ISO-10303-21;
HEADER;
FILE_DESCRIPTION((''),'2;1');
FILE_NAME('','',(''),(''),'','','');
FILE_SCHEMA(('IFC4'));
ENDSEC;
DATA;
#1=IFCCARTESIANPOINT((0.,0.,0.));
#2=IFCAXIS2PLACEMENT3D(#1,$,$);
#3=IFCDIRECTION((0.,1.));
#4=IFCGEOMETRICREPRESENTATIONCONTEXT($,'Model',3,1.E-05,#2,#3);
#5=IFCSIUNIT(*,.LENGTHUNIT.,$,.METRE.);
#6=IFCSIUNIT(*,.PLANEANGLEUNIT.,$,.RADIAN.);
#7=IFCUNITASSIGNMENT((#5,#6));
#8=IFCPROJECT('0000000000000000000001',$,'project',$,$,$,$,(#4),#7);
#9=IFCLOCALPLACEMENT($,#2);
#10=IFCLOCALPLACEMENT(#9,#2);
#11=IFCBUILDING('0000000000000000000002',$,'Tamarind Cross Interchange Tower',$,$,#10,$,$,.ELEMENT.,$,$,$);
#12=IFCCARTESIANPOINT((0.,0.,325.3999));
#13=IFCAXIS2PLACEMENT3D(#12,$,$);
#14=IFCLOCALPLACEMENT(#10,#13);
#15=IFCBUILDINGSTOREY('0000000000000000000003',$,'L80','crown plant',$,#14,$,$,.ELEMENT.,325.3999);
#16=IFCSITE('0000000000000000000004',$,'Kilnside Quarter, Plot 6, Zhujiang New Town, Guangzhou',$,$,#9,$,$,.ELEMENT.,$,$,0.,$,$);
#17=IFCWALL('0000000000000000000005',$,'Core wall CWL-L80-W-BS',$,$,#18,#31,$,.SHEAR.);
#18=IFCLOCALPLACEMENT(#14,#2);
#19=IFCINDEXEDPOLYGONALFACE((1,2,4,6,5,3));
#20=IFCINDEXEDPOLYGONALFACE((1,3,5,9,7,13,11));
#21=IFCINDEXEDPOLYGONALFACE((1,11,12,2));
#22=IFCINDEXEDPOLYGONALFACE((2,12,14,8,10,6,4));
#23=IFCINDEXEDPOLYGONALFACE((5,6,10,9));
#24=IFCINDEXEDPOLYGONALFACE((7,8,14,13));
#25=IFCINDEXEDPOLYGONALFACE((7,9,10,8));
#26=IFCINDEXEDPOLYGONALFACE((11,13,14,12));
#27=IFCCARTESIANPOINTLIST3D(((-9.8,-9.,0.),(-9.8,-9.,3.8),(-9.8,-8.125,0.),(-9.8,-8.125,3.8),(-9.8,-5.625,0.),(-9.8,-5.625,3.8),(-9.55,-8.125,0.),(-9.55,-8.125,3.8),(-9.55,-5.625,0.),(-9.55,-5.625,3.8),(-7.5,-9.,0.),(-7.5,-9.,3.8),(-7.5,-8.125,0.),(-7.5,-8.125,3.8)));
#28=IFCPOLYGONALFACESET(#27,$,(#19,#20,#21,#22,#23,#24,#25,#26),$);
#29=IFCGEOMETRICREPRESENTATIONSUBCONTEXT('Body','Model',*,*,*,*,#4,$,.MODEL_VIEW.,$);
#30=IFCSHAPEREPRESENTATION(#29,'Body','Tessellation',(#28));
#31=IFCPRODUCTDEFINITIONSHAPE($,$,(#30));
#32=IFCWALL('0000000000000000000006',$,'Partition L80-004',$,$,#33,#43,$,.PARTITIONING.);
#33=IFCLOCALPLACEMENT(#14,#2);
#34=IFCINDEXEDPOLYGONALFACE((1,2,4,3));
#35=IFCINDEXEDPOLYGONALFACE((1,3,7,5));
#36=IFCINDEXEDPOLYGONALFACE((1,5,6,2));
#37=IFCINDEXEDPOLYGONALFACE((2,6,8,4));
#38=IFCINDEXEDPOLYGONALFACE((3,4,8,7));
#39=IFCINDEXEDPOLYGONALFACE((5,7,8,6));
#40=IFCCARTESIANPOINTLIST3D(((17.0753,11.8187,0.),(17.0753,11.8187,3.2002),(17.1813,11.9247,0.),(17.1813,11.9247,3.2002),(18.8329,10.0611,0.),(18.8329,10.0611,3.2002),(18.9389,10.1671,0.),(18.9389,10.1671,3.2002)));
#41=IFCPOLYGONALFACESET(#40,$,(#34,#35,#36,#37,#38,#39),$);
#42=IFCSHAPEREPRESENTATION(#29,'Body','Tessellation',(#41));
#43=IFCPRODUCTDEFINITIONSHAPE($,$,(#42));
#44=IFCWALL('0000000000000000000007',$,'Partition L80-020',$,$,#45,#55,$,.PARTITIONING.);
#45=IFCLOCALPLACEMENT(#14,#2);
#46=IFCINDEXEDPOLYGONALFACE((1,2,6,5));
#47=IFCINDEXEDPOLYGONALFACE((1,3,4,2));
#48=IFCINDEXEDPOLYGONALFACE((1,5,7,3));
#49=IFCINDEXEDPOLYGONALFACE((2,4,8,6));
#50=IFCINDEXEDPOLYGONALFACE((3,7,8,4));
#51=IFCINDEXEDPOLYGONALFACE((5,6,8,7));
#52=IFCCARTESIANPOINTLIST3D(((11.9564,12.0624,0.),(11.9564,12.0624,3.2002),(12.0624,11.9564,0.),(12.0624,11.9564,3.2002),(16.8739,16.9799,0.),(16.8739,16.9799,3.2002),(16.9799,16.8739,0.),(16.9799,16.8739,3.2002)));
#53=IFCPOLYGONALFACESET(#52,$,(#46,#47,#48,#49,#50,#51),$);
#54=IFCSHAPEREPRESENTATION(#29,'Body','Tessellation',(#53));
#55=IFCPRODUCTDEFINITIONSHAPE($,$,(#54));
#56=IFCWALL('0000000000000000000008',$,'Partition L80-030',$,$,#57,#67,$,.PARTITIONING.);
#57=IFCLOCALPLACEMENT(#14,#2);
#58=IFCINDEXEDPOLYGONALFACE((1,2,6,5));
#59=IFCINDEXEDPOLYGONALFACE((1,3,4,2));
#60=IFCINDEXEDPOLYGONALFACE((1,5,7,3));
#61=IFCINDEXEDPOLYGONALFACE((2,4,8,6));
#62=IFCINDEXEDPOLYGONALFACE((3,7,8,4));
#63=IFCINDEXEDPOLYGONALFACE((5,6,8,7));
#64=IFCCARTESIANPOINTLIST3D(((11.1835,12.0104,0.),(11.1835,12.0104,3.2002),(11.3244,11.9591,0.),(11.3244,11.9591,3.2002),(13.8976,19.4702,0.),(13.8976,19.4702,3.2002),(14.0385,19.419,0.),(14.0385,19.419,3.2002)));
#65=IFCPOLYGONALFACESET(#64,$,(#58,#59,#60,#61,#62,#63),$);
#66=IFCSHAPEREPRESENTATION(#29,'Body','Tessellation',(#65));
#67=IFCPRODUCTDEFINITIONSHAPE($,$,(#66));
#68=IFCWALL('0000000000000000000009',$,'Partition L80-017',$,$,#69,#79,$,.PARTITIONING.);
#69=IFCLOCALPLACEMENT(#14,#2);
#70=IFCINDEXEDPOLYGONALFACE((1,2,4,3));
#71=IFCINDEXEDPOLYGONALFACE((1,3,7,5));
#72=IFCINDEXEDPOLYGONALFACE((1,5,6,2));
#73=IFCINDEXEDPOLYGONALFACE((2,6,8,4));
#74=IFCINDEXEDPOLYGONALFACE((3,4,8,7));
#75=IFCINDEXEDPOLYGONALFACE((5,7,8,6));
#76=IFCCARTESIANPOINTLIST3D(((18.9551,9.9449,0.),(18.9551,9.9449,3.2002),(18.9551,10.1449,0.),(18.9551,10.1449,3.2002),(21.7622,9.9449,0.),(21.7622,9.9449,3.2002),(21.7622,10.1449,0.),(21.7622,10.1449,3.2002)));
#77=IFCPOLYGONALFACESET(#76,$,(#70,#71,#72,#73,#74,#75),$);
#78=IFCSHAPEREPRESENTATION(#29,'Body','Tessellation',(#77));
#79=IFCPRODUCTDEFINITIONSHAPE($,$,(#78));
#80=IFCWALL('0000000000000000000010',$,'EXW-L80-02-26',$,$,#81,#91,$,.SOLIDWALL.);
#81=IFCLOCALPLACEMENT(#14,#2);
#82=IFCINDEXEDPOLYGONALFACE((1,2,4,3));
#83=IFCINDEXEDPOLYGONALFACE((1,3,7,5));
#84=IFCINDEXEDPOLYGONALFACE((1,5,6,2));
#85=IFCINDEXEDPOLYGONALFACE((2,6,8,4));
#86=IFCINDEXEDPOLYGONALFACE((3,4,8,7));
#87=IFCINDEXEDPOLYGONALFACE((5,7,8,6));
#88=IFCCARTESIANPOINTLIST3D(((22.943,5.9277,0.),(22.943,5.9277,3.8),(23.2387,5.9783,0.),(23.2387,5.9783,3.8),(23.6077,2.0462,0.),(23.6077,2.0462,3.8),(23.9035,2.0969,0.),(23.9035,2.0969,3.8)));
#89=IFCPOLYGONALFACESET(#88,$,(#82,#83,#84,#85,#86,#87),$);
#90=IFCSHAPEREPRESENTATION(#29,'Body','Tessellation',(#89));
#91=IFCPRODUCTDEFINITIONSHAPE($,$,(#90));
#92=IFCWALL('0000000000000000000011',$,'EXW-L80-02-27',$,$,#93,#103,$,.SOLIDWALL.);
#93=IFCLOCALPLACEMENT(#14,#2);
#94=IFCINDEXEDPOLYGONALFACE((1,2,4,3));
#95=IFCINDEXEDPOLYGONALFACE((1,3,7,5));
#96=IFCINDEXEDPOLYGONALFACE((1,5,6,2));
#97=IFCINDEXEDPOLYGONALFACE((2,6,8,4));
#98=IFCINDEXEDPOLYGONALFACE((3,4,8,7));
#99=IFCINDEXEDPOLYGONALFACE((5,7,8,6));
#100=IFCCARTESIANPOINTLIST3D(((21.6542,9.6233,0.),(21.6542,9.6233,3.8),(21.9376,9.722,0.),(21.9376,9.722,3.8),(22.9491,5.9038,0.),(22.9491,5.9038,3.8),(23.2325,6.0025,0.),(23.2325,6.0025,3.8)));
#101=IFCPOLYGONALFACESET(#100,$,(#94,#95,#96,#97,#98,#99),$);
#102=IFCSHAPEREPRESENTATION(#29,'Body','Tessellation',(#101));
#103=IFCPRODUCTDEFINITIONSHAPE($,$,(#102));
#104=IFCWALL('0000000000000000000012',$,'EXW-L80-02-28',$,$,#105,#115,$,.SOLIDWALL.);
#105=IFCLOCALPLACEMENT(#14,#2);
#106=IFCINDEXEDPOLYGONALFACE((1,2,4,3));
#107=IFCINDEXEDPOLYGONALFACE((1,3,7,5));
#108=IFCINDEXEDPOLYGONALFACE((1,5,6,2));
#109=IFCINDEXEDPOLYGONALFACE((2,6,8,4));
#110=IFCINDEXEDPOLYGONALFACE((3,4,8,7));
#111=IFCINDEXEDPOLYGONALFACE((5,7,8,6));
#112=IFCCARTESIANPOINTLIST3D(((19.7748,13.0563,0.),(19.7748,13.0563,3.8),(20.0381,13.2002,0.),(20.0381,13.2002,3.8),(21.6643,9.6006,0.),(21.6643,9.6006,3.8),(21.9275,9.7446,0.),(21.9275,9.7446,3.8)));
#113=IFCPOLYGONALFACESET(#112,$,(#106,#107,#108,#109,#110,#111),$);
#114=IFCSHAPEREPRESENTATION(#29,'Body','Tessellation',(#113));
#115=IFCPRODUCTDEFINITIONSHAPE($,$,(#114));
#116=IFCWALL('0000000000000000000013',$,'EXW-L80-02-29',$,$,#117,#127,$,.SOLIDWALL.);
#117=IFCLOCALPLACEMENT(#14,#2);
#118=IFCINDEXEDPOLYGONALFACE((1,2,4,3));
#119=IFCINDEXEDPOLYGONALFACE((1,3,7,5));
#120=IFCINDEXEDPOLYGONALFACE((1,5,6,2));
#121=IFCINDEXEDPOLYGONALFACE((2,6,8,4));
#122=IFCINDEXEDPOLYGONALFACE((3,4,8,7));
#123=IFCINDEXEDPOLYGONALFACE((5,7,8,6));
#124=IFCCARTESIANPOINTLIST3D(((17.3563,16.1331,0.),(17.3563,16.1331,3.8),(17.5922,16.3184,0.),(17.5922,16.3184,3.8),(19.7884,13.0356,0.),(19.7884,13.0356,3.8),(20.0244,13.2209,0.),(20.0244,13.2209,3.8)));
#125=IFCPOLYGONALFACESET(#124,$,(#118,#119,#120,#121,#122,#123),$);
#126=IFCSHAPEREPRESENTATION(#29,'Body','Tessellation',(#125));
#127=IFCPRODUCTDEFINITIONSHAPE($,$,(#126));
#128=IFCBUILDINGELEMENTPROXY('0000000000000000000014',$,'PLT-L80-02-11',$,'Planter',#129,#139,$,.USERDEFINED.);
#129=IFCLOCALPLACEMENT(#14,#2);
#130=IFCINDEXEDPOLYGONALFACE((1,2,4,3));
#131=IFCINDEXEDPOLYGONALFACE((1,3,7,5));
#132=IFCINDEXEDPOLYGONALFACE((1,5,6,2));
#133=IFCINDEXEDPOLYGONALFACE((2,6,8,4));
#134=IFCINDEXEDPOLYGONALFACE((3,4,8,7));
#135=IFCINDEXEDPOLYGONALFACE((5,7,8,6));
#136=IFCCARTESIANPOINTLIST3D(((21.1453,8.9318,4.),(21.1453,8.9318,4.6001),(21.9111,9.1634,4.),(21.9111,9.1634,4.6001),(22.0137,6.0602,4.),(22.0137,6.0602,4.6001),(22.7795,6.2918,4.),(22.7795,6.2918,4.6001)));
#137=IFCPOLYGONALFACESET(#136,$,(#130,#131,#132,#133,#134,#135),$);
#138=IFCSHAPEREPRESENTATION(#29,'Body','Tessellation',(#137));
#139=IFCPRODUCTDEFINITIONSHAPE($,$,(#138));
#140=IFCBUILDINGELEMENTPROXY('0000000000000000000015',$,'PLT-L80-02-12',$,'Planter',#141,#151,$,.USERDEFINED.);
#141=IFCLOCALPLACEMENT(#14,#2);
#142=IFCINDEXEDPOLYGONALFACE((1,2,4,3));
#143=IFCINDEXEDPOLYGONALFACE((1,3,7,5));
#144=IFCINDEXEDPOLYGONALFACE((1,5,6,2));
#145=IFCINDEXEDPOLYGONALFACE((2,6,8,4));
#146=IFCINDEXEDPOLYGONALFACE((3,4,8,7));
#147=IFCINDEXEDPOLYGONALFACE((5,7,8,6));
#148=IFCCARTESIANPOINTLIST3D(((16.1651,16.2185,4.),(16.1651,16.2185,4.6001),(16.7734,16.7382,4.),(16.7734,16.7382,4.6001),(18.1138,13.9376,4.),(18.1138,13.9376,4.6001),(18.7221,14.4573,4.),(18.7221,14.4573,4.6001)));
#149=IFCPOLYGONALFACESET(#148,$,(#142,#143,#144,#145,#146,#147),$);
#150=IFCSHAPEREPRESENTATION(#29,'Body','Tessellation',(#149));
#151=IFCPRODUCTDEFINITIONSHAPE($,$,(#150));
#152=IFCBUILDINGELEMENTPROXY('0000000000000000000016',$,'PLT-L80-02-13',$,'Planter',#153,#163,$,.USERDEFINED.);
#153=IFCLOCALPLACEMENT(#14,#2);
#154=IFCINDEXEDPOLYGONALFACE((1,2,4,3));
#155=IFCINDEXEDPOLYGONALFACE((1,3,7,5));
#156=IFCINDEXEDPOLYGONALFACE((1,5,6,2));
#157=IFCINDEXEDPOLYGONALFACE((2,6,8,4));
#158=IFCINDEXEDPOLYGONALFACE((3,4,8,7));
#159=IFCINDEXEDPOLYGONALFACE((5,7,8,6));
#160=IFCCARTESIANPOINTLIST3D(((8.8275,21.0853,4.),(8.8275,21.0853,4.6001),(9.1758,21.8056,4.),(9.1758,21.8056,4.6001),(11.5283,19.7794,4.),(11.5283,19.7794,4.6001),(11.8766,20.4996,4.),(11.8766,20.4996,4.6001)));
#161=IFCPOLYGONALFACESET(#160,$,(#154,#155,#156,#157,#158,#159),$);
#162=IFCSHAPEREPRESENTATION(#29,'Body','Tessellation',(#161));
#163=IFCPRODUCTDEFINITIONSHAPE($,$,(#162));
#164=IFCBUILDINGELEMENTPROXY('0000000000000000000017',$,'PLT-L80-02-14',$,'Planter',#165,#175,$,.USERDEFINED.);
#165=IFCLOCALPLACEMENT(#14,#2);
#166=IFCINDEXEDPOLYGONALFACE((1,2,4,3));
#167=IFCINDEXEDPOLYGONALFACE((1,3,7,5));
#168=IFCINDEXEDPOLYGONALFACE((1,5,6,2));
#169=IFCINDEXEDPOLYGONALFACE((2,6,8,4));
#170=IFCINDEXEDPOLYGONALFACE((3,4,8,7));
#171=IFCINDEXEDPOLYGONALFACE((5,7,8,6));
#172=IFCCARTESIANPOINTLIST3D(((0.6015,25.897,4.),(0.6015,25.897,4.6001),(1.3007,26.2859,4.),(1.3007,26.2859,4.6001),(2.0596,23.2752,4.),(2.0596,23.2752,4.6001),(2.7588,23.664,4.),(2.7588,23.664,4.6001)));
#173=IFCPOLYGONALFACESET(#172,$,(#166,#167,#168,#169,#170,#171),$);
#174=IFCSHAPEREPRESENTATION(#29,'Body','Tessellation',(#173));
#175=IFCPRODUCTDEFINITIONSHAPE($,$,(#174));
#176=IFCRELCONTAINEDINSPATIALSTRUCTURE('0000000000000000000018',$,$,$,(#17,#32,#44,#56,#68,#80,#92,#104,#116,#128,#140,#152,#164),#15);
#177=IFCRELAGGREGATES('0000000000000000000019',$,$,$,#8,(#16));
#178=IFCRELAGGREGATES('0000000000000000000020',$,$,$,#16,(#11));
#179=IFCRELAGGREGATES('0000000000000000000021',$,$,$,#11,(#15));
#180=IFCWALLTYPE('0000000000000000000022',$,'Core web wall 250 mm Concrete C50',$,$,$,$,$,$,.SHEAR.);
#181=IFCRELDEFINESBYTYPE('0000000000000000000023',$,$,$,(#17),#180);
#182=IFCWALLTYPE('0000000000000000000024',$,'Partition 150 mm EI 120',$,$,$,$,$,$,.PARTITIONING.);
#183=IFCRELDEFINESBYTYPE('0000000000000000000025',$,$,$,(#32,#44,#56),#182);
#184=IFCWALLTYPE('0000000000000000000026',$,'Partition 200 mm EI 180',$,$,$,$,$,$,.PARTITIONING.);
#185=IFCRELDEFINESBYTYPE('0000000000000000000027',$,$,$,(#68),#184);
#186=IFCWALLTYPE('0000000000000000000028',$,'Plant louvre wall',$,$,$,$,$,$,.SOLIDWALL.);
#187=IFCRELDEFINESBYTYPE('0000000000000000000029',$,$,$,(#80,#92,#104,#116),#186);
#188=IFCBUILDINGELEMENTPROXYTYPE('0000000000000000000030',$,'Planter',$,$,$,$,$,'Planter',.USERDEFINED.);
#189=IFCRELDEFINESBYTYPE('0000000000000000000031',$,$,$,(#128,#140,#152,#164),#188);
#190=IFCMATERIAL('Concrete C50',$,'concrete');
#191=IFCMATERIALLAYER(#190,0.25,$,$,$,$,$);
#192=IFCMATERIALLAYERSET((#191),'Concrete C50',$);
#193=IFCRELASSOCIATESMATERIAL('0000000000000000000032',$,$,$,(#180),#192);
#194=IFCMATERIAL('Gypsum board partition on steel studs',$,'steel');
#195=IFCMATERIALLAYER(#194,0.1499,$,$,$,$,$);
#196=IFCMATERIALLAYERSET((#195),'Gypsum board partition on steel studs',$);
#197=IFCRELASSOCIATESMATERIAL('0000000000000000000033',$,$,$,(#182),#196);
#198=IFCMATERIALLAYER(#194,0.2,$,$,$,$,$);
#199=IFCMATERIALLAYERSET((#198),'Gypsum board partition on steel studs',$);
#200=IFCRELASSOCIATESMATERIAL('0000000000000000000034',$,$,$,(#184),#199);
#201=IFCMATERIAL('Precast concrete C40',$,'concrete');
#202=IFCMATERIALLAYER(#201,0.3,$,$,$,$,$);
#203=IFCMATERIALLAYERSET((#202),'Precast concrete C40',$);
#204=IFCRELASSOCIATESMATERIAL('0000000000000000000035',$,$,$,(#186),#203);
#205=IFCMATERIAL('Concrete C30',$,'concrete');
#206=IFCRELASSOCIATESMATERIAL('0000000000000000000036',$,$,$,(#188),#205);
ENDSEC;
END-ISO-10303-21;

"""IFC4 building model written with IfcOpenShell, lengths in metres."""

from ifc_helpers import new_model, si_unit, direction, frame, frame_2d, origin, origin_2d, place, context, subcontext, project, spatial, polyline, rectangle, outline, extrude, material, layer, layer_set, type_object, element, save


model = new_model("IFC4")

# Units and contexts
model_context = context("Model", 3, precision=1e-05, world=origin(), true_north=direction((0.0, 1.0)))
body_context = subcontext(model_context, "Body", "Model", "MODEL_VIEW")
ifc_project = project(units=[si_unit("LENGTHUNIT", "METRE"), si_unit("PLANEANGLEUNIT", "RADIAN")], contexts=[model_context])

# Site, building, storey
site_placement = place(None, origin())
site = spatial("IfcSite", under=ifc_project, at=site_placement, Name="Kilnside Quarter, Plot 6, Zhujiang New Town, Guangzhou", CompositionType="ELEMENT", RefElevation=0.0)
building_placement = place(site_placement, origin())
building = spatial("IfcBuilding", under=site, at=building_placement, Name="Tamarind Cross Interchange Tower", CompositionType="ELEMENT")
storey_placement = place(building_placement, frame((0.0, 0.0, 325.3999)))
storey = spatial("IfcBuildingStorey", under=building, at=storey_placement, Name="L80", Description="crown plant", CompositionType="ELEMENT", Elevation=325.3999)

# Walls
ifc_material_1 = material(Name="Concrete C50", Category="concrete")
ifc_layer_1 = layer(ifc_material_1, 0.25)
ifc_layer_set_1 = layer_set([ifc_layer_1], Name="Concrete C50")
wall_type_1 = type_object("IfcWallType", Name="Core web wall 250 mm Concrete C50", PredefinedType="SHEAR", material=ifc_layer_set_1)
wall_1_placement = place(storey_placement, origin())
element("IfcWall", 1, at=wall_1_placement, inside=storey, type_object=wall_type_1, Name="Core wall CWL-L80-W-BS", PredefinedType="SHEAR", context=body_context, shape_type="SweptSolid", body=[
    extrude(outline(polyline([(-7.5, -8.125), (-9.55, -8.125), (-9.55, -5.625), (-9.8, -5.625), (-9.8, -8.125), (-9.8, -9.0), (-7.5, -9.0), (-7.5, -8.125)])), origin(), (0.0, 0.0, 1.0), 3.8),
])
ifc_material_2 = material(Name="Gypsum board partition on steel studs", Category="steel")
ifc_layer_2 = layer(ifc_material_2, 0.1499)
ifc_layer_set_2 = layer_set([ifc_layer_2], Name="Gypsum board partition on steel studs")
wall_type_2 = type_object("IfcWallType", Name="Partition 150 mm EI 120", PredefinedType="PARTITIONING", material=ifc_layer_set_2)
wall_2_placement = place(storey_placement, frame((17.1284, 11.8716, 0.0), z_axis=(0.0, 0.0, 1.0), x_axis=(0.707107, -0.707107, 0.0)))
element("IfcWall", 2, at=wall_2_placement, inside=storey, type_object=wall_type_2, Name="Partition L80-004", PredefinedType="PARTITIONING", context=body_context, shape_type="SweptSolid", body=[
    extrude(rectangle(XDim=2.4856, YDim=0.1499, at=frame_2d((1.2427, 0.0))), origin(), (0.0, 0.0, 1.0), 3.2002),
])
wall_3_placement = place(storey_placement, frame((12.0095, 12.0095, 0.0), z_axis=(0.0, 0.0, 1.0), x_axis=(0.707107, 0.707107, 0.0)))
element("IfcWall", 3, at=wall_3_placement, inside=storey, type_object=wall_type_2, Name="Partition L80-020", PredefinedType="PARTITIONING", context=body_context, shape_type="SweptSolid", body=[
    extrude(rectangle(XDim=6.9543, YDim=0.1499, at=frame_2d((3.4771, 0.0))), origin(), (0.0, 0.0, 1.0), 3.2002),
])
wall_4_placement = place(storey_placement, frame((11.2539, 11.9846, 0.0), z_axis=(0.0, 0.0, 1.0), x_axis=(0.341899, 0.939737, 0.0)))
element("IfcWall", 4, at=wall_4_placement, inside=storey, type_object=wall_type_2, Name="Partition L80-030", PredefinedType="PARTITIONING", context=body_context, shape_type="SweptSolid", body=[
    extrude(rectangle(XDim=7.9382, YDim=0.1499, at=frame_2d((3.9692, 0.0))), origin(), (0.0, 0.0, 1.0), 3.2002),
])
ifc_layer_3 = layer(ifc_material_2, 0.2)
ifc_layer_set_3 = layer_set([ifc_layer_3], Name="Gypsum board partition on steel studs")
wall_type_3 = type_object("IfcWallType", Name="Partition 200 mm EI 180", PredefinedType="PARTITIONING", material=ifc_layer_set_3)
wall_5_placement = place(storey_placement, frame((18.9551, 10.0449, 0.0), z_axis=(0.0, 0.0, 1.0), x_axis=(1.0, 0.0, 0.0)))
element("IfcWall", 5, at=wall_5_placement, inside=storey, type_object=wall_type_3, Name="Partition L80-017", PredefinedType="PARTITIONING", context=body_context, shape_type="SweptSolid", body=[
    extrude(rectangle(XDim=2.8071, YDim=0.2, at=frame_2d((1.4036, 0.0))), origin(), (0.0, 0.0, 1.0), 3.2002),
])
ifc_material_3 = material(Name="Precast concrete C40", Category="concrete")
ifc_layer_4 = layer(ifc_material_3, 0.3)
ifc_layer_set_4 = layer_set([ifc_layer_4], Name="Precast concrete C40")
wall_type_4 = type_object("IfcWallType", Name="Plant louvre wall", PredefinedType="SOLIDWALL", material=ifc_layer_set_4)
wall_6_placement = place(storey_placement, frame((23.7556, 2.0715, 0.0), z_axis=(0.0, 0.0, 1.0), x_axis=(-0.168811, 0.985648, 0.0)))
element("IfcWall", 6, at=wall_6_placement, inside=storey, type_object=wall_type_4, Name="EXW-L80-02-26", PredefinedType="SOLIDWALL", context=body_context, shape_type="SweptSolid", body=[
    extrude(rectangle(XDim=3.938, YDim=0.3, at=frame_2d((1.969, 0.0))), origin(), (0.0, 0.0, 1.0), 3.8),
])
for number, where, z_axis, x_axis, name in (
    (7, (23.0908, 5.9531, 0.0), (0.0, 0.0, 1.0), (-0.32879, 0.944403, 0.0), "EXW-L80-02-27"),
    (8, (21.7959, 9.6726, 0.0), (0.0, 0.0, 1.0), (-0.479742, 0.877409, 0.0), "EXW-L80-02-28"),
):
    element("IfcWall", number, at=place(storey_placement, frame(where, z_axis=z_axis, x_axis=x_axis)), inside=storey, type_object=wall_type_4, Name=name, PredefinedType="SOLIDWALL", context=body_context, shape_type="SweptSolid", body=[
        extrude(rectangle(XDim=3.9385, YDim=0.3, at=frame_2d((1.9692, 0.0))), origin(), (0.0, 0.0, 1.0), 3.8),
    ])
wall_7_placement = place(storey_placement, frame((19.9065, 13.1282, 0.0), z_axis=(0.0, 0.0, 1.0), x_axis=(-0.617578, 0.78651, 0.0)))
element("IfcWall", 9, at=wall_7_placement, inside=storey, type_object=wall_type_4, Name="EXW-L80-02-29", PredefinedType="SOLIDWALL", context=body_context, shape_type="SweptSolid", body=[
    extrude(rectangle(XDim=3.9382, YDim=0.3, at=frame_2d((1.9692, 0.0))), origin(), (0.0, 0.0, 1.0), 3.8),
])

# Building element proxies
ifc_material_4 = material(Name="Concrete C30", Category="concrete")
building_element_proxy_type = type_object("IfcBuildingElementProxyType", Name="Planter", ElementType="Planter", PredefinedType="USERDEFINED", material=ifc_material_4)
proxy_1_placement = place(storey_placement, origin())
element("IfcBuildingElementProxy", 10, at=proxy_1_placement, inside=storey, type_object=building_element_proxy_type, Name="PLT-L80-02-11", ObjectType="Planter", PredefinedType="USERDEFINED", context=body_context, shape_type="SweptSolid", body=[
    extrude(rectangle(XDim=3.0, YDim=0.8, at=origin_2d()), frame((21.9624, 7.6118, 4.0), z_axis=(0.0, 0.0, 1.0), x_axis=(-0.289458, 0.957191, 0.0)), (0.0, 0.0, 1.0), 0.6001),
])
proxy_2_placement = place(storey_placement, origin())
element("IfcBuildingElementProxy", 11, at=proxy_2_placement, inside=storey, type_object=building_element_proxy_type, Name="PLT-L80-02-12", ObjectType="Planter", PredefinedType="USERDEFINED", context=body_context, shape_type="SweptSolid", body=[
    extrude(rectangle(XDim=3.0, YDim=0.8, at=origin_2d()), frame((17.4436, 15.3379, 4.0), z_axis=(0.0, 0.0, 1.0), x_axis=(-0.649577, 0.760296, 0.0)), (0.0, 0.0, 1.0), 0.6001),
])
proxy_3_placement = place(storey_placement, origin())
element("IfcBuildingElementProxy", 12, at=proxy_3_placement, inside=storey, type_object=building_element_proxy_type, Name="PLT-L80-02-13", ObjectType="Planter", PredefinedType="USERDEFINED", context=body_context, shape_type="SweptSolid", body=[
    extrude(rectangle(XDim=3.0, YDim=0.8, at=origin_2d()), frame((10.3521, 20.7925, 4.0), z_axis=(0.0, 0.0, 1.0), x_axis=(-0.900273, 0.435326, 0.0)), (0.0, 0.0, 1.0), 0.6001),
])
proxy_4_placement = place(storey_placement, origin())
element("IfcBuildingElementProxy", 13, at=proxy_4_placement, inside=storey, type_object=building_element_proxy_type, Name="PLT-L80-02-14", ObjectType="Planter", PredefinedType="USERDEFINED", context=body_context, shape_type="SweptSolid", body=[
    extrude(rectangle(XDim=3.0, YDim=0.8, at=origin_2d()), frame((1.6802, 24.7805, 4.0), z_axis=(0.0, 0.0, 1.0), x_axis=(-0.486026, 0.873944, 0.0)), (0.0, 0.0, 1.0), 0.6001),
])

save(model, "model.ifc")
